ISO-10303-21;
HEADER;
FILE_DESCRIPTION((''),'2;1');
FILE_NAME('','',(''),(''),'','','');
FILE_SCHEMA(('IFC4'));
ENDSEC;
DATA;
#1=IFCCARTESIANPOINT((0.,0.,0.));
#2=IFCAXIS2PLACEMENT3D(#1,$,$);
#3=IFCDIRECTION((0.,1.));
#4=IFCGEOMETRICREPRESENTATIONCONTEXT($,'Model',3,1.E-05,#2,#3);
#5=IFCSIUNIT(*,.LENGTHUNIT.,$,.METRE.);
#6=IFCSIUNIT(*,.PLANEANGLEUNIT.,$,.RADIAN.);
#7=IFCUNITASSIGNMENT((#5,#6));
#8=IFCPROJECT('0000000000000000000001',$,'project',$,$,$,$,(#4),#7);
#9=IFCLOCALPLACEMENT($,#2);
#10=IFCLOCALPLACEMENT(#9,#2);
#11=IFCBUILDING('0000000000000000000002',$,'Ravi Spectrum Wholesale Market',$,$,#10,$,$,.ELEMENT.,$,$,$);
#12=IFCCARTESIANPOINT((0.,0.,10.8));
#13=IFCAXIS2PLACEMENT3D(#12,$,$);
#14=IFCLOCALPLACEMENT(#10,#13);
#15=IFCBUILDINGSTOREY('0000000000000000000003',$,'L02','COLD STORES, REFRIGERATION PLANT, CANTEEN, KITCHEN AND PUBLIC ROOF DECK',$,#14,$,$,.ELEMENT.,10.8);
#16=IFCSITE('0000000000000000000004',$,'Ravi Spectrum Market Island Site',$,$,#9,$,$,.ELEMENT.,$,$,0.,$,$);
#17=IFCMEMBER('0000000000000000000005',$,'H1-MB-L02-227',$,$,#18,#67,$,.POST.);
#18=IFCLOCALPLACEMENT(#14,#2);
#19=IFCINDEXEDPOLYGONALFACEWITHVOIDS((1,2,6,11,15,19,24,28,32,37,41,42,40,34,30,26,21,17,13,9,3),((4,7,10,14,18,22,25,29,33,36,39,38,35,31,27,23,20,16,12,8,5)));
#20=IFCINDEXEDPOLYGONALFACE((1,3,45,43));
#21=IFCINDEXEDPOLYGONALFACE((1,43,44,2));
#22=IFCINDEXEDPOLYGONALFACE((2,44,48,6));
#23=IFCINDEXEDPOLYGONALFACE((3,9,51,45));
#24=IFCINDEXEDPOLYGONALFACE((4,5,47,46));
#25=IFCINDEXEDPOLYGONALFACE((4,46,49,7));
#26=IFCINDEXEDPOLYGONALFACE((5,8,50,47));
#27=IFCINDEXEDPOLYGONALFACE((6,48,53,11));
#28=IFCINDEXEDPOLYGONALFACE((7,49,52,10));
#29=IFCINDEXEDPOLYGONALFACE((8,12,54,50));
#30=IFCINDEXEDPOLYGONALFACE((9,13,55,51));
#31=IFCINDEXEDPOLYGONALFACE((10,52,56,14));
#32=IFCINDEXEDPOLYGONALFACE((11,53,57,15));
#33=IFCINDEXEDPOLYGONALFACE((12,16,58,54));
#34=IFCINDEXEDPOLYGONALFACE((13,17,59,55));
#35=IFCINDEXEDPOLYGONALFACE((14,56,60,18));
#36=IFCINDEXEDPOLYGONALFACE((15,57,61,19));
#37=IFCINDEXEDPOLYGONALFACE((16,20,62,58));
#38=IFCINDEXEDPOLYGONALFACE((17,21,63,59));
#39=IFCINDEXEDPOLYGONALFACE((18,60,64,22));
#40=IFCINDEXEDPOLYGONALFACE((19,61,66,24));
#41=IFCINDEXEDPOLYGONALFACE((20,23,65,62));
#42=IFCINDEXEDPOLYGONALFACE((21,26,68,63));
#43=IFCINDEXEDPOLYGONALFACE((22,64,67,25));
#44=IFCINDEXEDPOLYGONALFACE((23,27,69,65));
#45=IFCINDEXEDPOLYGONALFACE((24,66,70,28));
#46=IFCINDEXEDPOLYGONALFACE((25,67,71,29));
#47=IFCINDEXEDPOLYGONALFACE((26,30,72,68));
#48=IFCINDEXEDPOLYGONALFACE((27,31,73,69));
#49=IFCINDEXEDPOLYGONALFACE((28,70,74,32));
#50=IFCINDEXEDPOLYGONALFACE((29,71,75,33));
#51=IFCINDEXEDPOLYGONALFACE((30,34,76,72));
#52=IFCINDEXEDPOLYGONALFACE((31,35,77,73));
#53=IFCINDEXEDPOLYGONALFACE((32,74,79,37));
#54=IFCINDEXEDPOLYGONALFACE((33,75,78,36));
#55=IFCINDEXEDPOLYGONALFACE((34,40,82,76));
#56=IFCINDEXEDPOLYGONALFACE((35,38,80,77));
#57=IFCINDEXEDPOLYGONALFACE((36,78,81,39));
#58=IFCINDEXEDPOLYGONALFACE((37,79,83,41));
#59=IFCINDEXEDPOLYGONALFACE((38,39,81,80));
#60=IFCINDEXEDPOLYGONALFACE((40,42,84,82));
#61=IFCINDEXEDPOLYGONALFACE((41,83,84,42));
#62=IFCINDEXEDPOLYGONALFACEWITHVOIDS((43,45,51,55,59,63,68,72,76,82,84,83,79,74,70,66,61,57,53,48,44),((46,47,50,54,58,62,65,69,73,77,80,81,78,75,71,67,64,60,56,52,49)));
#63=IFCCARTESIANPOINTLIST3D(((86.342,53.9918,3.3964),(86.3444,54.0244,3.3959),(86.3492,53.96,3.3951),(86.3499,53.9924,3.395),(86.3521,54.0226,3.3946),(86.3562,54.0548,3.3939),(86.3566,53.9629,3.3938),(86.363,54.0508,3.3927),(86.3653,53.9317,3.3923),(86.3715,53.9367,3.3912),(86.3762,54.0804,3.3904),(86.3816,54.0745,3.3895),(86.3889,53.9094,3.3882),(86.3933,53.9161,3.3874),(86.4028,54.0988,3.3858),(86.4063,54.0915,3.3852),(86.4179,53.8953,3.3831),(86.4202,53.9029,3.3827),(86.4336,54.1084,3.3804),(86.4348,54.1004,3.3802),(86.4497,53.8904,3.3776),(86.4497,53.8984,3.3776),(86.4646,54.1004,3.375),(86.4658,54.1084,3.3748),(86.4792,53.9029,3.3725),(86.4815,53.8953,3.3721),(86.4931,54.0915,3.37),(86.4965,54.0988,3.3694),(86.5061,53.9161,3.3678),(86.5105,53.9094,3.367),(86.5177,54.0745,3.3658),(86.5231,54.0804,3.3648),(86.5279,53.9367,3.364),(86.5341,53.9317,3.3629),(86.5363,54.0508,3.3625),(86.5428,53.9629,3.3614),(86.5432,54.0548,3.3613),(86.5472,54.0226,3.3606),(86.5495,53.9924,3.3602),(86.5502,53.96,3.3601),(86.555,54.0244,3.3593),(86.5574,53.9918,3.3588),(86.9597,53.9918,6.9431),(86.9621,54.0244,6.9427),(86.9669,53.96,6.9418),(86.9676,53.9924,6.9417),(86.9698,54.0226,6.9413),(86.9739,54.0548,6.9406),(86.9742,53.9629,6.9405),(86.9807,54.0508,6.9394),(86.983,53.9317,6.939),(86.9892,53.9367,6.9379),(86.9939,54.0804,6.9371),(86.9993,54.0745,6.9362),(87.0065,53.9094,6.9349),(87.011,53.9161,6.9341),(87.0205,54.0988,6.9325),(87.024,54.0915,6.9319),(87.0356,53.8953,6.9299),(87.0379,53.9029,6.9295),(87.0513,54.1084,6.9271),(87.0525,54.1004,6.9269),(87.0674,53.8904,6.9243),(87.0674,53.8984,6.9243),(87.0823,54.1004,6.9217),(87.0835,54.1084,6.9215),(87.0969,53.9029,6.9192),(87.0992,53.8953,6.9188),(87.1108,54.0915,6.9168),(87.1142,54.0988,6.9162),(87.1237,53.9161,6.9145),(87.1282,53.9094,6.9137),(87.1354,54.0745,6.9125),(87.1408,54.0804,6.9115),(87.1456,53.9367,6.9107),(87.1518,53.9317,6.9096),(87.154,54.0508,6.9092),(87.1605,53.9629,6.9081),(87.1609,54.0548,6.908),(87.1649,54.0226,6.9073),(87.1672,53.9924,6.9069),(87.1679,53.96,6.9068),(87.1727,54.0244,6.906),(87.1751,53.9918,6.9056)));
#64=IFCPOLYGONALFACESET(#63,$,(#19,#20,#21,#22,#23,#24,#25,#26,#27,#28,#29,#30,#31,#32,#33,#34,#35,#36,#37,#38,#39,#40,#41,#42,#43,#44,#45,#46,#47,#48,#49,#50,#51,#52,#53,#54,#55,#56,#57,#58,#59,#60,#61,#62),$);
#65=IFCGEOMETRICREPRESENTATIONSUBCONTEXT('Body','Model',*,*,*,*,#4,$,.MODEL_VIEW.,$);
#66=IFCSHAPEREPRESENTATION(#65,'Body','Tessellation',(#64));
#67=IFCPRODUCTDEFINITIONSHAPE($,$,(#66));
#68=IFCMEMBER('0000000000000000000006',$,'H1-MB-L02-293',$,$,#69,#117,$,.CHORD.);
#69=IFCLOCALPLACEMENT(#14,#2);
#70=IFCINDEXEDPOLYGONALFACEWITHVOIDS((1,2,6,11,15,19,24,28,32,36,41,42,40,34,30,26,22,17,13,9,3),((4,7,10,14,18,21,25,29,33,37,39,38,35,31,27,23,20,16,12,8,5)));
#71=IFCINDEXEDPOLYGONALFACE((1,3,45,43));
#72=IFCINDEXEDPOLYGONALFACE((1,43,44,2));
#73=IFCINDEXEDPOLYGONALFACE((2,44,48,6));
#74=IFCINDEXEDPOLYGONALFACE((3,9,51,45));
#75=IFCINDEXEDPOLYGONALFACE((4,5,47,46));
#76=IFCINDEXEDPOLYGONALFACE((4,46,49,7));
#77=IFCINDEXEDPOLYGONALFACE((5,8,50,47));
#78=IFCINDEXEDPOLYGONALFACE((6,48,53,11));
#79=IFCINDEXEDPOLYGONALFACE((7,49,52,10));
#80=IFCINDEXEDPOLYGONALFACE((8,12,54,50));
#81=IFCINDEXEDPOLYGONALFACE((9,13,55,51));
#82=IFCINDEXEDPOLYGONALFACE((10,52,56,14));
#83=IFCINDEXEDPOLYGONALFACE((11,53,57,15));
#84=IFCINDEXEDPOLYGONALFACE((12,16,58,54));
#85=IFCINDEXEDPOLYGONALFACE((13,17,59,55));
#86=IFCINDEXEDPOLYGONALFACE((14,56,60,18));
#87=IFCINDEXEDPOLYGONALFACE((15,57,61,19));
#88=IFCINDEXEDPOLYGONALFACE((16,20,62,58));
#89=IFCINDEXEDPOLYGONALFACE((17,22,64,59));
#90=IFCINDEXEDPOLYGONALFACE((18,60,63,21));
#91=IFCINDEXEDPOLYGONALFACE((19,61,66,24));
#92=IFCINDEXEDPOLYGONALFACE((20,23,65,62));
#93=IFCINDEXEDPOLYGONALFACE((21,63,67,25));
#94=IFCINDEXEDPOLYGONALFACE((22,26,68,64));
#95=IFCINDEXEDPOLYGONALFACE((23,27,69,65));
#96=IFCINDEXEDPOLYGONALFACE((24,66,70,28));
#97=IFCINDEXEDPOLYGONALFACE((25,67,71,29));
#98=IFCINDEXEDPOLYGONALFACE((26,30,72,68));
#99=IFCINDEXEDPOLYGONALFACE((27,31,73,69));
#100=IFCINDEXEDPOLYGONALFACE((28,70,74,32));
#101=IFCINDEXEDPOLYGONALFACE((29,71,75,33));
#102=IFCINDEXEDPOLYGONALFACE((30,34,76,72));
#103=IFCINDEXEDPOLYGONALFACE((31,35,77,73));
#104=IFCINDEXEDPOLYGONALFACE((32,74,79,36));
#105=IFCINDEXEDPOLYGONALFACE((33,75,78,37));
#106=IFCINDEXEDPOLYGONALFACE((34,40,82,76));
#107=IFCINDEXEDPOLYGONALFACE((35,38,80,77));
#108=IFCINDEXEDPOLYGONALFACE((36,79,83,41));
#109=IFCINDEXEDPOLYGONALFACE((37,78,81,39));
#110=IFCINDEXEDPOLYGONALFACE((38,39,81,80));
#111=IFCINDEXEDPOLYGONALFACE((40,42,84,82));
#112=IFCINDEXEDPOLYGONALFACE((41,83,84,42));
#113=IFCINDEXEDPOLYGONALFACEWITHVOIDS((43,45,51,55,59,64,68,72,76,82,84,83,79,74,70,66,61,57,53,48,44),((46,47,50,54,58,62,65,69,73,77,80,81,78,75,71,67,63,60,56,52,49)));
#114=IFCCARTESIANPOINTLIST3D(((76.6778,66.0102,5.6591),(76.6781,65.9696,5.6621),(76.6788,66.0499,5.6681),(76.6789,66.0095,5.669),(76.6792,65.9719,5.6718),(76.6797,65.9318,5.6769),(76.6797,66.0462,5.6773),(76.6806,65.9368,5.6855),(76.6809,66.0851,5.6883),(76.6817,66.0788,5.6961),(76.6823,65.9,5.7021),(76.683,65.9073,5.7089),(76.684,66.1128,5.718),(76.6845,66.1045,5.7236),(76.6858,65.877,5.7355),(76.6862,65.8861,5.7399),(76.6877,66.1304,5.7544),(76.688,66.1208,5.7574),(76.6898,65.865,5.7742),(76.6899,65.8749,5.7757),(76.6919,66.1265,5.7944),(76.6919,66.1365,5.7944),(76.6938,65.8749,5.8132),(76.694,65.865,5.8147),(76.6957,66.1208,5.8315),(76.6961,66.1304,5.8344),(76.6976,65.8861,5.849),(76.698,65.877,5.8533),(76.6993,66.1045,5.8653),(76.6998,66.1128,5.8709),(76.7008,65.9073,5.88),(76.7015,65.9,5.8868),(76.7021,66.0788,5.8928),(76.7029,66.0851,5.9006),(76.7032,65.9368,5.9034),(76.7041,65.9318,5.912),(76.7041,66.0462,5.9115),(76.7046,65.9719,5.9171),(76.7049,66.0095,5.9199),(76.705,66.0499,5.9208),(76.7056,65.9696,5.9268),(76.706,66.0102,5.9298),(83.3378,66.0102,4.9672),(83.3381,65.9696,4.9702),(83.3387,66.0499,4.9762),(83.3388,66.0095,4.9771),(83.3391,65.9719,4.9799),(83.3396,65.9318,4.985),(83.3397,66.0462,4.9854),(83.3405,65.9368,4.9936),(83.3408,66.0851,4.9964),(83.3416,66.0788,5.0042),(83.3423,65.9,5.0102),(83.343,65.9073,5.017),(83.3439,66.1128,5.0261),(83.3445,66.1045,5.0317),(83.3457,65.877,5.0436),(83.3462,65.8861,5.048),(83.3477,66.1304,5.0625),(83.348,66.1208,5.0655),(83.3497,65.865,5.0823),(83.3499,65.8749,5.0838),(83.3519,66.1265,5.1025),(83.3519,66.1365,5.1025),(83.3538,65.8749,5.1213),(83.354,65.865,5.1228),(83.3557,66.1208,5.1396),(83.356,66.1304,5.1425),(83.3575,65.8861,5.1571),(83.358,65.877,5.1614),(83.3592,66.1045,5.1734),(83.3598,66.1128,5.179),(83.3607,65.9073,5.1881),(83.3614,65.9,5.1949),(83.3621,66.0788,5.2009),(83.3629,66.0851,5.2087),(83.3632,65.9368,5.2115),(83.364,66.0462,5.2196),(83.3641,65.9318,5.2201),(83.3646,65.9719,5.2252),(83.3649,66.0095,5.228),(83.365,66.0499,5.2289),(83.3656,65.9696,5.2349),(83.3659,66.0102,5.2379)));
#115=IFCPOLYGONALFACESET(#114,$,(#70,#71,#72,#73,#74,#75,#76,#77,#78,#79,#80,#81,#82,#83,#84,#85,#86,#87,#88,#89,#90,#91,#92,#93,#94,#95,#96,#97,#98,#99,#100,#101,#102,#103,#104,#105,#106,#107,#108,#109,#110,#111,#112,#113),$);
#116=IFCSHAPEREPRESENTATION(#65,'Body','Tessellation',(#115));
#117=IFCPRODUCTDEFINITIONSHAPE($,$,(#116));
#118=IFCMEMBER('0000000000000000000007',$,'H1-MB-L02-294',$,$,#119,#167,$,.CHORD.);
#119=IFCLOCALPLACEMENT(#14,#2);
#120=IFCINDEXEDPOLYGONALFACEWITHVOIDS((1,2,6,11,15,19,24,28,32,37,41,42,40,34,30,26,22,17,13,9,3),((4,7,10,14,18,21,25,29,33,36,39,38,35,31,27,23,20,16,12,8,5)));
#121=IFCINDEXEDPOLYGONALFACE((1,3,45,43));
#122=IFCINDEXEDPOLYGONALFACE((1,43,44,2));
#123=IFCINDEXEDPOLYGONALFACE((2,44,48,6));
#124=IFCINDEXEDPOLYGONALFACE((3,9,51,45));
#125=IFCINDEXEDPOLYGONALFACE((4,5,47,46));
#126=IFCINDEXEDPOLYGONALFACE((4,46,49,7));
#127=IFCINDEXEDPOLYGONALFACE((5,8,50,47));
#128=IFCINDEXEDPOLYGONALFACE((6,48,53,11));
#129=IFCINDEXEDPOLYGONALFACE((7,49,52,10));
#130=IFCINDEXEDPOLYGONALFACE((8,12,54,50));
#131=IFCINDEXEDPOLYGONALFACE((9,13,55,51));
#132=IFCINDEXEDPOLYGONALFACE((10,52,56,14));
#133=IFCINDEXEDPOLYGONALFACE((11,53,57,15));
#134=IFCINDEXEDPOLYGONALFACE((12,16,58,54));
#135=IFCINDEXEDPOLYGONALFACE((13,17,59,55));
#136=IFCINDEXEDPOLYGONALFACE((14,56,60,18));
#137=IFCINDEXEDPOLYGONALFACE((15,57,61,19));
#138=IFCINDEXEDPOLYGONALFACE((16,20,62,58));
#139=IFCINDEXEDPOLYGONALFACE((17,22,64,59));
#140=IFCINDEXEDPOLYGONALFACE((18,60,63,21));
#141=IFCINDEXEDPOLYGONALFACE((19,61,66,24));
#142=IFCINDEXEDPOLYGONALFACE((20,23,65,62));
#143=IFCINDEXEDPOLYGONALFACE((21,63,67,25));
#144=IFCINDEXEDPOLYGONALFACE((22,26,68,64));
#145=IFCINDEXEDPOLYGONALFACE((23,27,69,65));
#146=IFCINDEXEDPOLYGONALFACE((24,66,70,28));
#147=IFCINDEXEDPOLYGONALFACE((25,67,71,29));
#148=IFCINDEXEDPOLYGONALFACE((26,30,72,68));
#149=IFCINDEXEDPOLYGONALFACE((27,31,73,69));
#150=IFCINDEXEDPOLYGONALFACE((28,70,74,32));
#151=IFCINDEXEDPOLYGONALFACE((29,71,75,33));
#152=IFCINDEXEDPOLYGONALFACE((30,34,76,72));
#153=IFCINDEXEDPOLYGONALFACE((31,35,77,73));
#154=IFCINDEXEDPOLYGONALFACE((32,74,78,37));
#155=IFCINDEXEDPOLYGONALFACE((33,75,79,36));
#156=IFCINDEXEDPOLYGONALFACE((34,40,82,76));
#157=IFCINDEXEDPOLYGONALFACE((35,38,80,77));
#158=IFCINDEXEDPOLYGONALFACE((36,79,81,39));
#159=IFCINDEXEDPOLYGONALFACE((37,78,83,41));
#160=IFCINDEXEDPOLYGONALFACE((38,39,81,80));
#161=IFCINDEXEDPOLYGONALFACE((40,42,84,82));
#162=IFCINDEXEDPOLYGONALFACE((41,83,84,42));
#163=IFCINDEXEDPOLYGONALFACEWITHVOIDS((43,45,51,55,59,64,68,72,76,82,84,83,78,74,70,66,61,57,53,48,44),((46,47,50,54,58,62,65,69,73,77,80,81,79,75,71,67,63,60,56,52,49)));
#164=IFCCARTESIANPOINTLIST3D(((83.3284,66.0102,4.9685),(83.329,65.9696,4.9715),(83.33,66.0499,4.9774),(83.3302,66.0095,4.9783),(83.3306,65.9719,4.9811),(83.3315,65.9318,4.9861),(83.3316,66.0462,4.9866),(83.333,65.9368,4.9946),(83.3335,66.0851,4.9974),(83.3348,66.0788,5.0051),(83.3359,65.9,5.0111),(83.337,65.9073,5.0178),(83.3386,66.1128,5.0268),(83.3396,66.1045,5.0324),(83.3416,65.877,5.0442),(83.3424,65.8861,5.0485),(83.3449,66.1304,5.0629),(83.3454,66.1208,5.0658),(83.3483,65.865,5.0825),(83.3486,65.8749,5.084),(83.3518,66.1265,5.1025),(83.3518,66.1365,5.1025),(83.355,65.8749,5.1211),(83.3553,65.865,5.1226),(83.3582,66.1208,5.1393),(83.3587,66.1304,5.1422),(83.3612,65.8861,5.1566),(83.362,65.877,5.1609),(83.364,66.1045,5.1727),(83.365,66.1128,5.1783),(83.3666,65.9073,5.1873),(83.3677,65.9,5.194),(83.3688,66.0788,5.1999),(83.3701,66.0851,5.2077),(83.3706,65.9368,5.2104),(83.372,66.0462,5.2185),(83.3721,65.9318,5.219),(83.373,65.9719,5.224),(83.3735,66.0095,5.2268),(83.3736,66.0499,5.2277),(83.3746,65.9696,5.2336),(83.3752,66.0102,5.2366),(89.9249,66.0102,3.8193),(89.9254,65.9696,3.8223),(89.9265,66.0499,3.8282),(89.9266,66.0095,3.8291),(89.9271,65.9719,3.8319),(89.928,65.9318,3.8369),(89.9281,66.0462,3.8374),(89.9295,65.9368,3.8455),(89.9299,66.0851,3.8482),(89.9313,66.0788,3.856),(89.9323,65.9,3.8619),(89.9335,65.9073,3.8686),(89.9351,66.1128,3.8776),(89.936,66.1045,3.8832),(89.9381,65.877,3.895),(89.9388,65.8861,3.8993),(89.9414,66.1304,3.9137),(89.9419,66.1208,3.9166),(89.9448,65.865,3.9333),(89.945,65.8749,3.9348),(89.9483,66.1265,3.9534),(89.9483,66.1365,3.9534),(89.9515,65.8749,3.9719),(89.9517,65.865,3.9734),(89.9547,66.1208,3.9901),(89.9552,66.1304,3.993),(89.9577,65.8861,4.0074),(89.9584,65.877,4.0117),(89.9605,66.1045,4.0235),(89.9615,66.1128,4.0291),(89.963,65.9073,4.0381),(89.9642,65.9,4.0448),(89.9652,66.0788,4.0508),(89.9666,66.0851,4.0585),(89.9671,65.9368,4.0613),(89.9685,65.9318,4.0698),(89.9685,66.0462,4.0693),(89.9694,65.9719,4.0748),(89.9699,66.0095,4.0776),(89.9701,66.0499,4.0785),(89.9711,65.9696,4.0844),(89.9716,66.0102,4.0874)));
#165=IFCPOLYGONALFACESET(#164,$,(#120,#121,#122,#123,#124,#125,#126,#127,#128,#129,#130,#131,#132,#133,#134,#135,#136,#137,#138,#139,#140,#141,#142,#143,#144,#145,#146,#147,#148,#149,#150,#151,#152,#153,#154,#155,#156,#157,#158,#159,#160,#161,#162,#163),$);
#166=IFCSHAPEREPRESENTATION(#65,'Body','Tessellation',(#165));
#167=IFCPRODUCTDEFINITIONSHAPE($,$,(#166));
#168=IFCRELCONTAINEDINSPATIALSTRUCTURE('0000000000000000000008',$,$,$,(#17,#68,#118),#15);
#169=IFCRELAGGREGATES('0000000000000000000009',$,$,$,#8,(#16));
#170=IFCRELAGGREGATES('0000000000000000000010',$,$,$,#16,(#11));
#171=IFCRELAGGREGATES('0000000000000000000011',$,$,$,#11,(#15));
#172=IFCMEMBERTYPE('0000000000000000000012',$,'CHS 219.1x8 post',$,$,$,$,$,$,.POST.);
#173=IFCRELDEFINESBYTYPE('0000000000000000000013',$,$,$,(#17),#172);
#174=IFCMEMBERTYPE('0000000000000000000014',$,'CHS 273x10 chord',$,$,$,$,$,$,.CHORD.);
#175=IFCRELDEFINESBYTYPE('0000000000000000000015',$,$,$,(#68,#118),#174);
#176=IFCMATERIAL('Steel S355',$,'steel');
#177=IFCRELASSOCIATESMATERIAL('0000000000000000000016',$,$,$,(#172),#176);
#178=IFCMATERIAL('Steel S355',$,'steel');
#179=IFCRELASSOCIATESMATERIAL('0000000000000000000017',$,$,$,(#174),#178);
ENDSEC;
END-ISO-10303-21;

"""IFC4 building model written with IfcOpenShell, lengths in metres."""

from ifc_helpers import new_model, si_unit, direction, frame, origin, origin_2d, place, context, subcontext, project, spatial, hollow_circle, extrude, material, material_profile, profile_set, type_object, element, save


model = new_model("IFC4")

# Units and contexts
model_context = context("Model", 3, precision=1e-05, world=origin(), true_north=direction((0.0, 1.0)))
body_context = subcontext(model_context, "Body", "Model", "MODEL_VIEW")
ifc_project = project(units=[si_unit("LENGTHUNIT", "METRE"), si_unit("PLANEANGLEUNIT", "RADIAN")], contexts=[model_context])

# Site, building, storey
site_placement = place(None, origin())
site = spatial("IfcSite", under=ifc_project, at=site_placement, Name="Ravi Spectrum Market Island Site", CompositionType="ELEMENT", RefElevation=0.0)
building_placement = place(site_placement, origin())
building = spatial("IfcBuilding", under=site, at=building_placement, Name="Ravi Spectrum Wholesale Market", CompositionType="ELEMENT")
storey_placement = place(building_placement, frame((0.0, 0.0, 10.8)))
storey = spatial("IfcBuildingStorey", under=building, at=storey_placement, Name="L02", Description="COLD STORES, REFRIGERATION PLANT, CANTEEN, KITCHEN AND PUBLIC ROOF DECK", CompositionType="ELEMENT", Elevation=10.8)

# Members
ifc_material_1 = material(Name="Steel S355", Category="steel")
ifc_material_profile_1 = material_profile(ifc_material_1, hollow_circle(Radius=0.1096, WallThickness=0.0081, at=origin_2d()))
ifc_profile_set_1 = profile_set([ifc_material_profile_1], Name="Steel S355")
member_type_1 = type_object("IfcMemberType", Name="CHS 219.1x8 post", PredefinedType="POST", material=ifc_profile_set_1)
member_1_placement = place(storey_placement, frame((87.0674, 54.0, 6.9243), z_axis=(-0.171576, 0.0, -0.985171), x_axis=(0.0, -1.0, 0.0)))
element("IfcMember", 1, at=member_1_placement, inside=storey, type_object=member_type_1, Name="H1-MB-L02-227", PredefinedType="POST", context=body_context, shape_type="SweptSolid", body=[
    extrude(hollow_circle(Radius=0.1096, WallThickness=0.0081, at=origin_2d()), origin(), (0.0, 0.0, 1.0), 3.6001),
])
ifc_material_2 = material(Name="Steel S355", Category="steel")
ifc_material_profile_2 = material_profile(ifc_material_2, hollow_circle(Radius=0.1365, WallThickness=0.01, at=origin_2d()))
ifc_profile_set_2 = profile_set([ifc_material_profile_2], Name="Steel S355")
member_type_2 = type_object("IfcMemberType", Name="CHS 273x10 chord", PredefinedType="CHORD", material=ifc_profile_set_2)
for number, where, z_axis, x_axis, name in (
    (2, (76.6919, 66.0, 5.7944), (0.994647, 0.0, -0.103333), (0.0, 1.0, 0.0), "H1-MB-L02-293"),
    (3, (83.3518, 66.0, 5.1025), (0.985162, 0.0, -0.171626), (0.0, 1.0, 0.0), "H1-MB-L02-294"),
):
    element("IfcMember", number, at=place(storey_placement, frame(where, z_axis=z_axis, x_axis=x_axis)), inside=storey, type_object=member_type_2, Name=name, PredefinedType="CHORD", context=body_context, shape_type="SweptSolid", body=[
        extrude(hollow_circle(Radius=0.1365, WallThickness=0.01, at=origin_2d()), origin(), (0.0, 0.0, 1.0), 6.6958),
    ])

save(model, "model.ifc")
